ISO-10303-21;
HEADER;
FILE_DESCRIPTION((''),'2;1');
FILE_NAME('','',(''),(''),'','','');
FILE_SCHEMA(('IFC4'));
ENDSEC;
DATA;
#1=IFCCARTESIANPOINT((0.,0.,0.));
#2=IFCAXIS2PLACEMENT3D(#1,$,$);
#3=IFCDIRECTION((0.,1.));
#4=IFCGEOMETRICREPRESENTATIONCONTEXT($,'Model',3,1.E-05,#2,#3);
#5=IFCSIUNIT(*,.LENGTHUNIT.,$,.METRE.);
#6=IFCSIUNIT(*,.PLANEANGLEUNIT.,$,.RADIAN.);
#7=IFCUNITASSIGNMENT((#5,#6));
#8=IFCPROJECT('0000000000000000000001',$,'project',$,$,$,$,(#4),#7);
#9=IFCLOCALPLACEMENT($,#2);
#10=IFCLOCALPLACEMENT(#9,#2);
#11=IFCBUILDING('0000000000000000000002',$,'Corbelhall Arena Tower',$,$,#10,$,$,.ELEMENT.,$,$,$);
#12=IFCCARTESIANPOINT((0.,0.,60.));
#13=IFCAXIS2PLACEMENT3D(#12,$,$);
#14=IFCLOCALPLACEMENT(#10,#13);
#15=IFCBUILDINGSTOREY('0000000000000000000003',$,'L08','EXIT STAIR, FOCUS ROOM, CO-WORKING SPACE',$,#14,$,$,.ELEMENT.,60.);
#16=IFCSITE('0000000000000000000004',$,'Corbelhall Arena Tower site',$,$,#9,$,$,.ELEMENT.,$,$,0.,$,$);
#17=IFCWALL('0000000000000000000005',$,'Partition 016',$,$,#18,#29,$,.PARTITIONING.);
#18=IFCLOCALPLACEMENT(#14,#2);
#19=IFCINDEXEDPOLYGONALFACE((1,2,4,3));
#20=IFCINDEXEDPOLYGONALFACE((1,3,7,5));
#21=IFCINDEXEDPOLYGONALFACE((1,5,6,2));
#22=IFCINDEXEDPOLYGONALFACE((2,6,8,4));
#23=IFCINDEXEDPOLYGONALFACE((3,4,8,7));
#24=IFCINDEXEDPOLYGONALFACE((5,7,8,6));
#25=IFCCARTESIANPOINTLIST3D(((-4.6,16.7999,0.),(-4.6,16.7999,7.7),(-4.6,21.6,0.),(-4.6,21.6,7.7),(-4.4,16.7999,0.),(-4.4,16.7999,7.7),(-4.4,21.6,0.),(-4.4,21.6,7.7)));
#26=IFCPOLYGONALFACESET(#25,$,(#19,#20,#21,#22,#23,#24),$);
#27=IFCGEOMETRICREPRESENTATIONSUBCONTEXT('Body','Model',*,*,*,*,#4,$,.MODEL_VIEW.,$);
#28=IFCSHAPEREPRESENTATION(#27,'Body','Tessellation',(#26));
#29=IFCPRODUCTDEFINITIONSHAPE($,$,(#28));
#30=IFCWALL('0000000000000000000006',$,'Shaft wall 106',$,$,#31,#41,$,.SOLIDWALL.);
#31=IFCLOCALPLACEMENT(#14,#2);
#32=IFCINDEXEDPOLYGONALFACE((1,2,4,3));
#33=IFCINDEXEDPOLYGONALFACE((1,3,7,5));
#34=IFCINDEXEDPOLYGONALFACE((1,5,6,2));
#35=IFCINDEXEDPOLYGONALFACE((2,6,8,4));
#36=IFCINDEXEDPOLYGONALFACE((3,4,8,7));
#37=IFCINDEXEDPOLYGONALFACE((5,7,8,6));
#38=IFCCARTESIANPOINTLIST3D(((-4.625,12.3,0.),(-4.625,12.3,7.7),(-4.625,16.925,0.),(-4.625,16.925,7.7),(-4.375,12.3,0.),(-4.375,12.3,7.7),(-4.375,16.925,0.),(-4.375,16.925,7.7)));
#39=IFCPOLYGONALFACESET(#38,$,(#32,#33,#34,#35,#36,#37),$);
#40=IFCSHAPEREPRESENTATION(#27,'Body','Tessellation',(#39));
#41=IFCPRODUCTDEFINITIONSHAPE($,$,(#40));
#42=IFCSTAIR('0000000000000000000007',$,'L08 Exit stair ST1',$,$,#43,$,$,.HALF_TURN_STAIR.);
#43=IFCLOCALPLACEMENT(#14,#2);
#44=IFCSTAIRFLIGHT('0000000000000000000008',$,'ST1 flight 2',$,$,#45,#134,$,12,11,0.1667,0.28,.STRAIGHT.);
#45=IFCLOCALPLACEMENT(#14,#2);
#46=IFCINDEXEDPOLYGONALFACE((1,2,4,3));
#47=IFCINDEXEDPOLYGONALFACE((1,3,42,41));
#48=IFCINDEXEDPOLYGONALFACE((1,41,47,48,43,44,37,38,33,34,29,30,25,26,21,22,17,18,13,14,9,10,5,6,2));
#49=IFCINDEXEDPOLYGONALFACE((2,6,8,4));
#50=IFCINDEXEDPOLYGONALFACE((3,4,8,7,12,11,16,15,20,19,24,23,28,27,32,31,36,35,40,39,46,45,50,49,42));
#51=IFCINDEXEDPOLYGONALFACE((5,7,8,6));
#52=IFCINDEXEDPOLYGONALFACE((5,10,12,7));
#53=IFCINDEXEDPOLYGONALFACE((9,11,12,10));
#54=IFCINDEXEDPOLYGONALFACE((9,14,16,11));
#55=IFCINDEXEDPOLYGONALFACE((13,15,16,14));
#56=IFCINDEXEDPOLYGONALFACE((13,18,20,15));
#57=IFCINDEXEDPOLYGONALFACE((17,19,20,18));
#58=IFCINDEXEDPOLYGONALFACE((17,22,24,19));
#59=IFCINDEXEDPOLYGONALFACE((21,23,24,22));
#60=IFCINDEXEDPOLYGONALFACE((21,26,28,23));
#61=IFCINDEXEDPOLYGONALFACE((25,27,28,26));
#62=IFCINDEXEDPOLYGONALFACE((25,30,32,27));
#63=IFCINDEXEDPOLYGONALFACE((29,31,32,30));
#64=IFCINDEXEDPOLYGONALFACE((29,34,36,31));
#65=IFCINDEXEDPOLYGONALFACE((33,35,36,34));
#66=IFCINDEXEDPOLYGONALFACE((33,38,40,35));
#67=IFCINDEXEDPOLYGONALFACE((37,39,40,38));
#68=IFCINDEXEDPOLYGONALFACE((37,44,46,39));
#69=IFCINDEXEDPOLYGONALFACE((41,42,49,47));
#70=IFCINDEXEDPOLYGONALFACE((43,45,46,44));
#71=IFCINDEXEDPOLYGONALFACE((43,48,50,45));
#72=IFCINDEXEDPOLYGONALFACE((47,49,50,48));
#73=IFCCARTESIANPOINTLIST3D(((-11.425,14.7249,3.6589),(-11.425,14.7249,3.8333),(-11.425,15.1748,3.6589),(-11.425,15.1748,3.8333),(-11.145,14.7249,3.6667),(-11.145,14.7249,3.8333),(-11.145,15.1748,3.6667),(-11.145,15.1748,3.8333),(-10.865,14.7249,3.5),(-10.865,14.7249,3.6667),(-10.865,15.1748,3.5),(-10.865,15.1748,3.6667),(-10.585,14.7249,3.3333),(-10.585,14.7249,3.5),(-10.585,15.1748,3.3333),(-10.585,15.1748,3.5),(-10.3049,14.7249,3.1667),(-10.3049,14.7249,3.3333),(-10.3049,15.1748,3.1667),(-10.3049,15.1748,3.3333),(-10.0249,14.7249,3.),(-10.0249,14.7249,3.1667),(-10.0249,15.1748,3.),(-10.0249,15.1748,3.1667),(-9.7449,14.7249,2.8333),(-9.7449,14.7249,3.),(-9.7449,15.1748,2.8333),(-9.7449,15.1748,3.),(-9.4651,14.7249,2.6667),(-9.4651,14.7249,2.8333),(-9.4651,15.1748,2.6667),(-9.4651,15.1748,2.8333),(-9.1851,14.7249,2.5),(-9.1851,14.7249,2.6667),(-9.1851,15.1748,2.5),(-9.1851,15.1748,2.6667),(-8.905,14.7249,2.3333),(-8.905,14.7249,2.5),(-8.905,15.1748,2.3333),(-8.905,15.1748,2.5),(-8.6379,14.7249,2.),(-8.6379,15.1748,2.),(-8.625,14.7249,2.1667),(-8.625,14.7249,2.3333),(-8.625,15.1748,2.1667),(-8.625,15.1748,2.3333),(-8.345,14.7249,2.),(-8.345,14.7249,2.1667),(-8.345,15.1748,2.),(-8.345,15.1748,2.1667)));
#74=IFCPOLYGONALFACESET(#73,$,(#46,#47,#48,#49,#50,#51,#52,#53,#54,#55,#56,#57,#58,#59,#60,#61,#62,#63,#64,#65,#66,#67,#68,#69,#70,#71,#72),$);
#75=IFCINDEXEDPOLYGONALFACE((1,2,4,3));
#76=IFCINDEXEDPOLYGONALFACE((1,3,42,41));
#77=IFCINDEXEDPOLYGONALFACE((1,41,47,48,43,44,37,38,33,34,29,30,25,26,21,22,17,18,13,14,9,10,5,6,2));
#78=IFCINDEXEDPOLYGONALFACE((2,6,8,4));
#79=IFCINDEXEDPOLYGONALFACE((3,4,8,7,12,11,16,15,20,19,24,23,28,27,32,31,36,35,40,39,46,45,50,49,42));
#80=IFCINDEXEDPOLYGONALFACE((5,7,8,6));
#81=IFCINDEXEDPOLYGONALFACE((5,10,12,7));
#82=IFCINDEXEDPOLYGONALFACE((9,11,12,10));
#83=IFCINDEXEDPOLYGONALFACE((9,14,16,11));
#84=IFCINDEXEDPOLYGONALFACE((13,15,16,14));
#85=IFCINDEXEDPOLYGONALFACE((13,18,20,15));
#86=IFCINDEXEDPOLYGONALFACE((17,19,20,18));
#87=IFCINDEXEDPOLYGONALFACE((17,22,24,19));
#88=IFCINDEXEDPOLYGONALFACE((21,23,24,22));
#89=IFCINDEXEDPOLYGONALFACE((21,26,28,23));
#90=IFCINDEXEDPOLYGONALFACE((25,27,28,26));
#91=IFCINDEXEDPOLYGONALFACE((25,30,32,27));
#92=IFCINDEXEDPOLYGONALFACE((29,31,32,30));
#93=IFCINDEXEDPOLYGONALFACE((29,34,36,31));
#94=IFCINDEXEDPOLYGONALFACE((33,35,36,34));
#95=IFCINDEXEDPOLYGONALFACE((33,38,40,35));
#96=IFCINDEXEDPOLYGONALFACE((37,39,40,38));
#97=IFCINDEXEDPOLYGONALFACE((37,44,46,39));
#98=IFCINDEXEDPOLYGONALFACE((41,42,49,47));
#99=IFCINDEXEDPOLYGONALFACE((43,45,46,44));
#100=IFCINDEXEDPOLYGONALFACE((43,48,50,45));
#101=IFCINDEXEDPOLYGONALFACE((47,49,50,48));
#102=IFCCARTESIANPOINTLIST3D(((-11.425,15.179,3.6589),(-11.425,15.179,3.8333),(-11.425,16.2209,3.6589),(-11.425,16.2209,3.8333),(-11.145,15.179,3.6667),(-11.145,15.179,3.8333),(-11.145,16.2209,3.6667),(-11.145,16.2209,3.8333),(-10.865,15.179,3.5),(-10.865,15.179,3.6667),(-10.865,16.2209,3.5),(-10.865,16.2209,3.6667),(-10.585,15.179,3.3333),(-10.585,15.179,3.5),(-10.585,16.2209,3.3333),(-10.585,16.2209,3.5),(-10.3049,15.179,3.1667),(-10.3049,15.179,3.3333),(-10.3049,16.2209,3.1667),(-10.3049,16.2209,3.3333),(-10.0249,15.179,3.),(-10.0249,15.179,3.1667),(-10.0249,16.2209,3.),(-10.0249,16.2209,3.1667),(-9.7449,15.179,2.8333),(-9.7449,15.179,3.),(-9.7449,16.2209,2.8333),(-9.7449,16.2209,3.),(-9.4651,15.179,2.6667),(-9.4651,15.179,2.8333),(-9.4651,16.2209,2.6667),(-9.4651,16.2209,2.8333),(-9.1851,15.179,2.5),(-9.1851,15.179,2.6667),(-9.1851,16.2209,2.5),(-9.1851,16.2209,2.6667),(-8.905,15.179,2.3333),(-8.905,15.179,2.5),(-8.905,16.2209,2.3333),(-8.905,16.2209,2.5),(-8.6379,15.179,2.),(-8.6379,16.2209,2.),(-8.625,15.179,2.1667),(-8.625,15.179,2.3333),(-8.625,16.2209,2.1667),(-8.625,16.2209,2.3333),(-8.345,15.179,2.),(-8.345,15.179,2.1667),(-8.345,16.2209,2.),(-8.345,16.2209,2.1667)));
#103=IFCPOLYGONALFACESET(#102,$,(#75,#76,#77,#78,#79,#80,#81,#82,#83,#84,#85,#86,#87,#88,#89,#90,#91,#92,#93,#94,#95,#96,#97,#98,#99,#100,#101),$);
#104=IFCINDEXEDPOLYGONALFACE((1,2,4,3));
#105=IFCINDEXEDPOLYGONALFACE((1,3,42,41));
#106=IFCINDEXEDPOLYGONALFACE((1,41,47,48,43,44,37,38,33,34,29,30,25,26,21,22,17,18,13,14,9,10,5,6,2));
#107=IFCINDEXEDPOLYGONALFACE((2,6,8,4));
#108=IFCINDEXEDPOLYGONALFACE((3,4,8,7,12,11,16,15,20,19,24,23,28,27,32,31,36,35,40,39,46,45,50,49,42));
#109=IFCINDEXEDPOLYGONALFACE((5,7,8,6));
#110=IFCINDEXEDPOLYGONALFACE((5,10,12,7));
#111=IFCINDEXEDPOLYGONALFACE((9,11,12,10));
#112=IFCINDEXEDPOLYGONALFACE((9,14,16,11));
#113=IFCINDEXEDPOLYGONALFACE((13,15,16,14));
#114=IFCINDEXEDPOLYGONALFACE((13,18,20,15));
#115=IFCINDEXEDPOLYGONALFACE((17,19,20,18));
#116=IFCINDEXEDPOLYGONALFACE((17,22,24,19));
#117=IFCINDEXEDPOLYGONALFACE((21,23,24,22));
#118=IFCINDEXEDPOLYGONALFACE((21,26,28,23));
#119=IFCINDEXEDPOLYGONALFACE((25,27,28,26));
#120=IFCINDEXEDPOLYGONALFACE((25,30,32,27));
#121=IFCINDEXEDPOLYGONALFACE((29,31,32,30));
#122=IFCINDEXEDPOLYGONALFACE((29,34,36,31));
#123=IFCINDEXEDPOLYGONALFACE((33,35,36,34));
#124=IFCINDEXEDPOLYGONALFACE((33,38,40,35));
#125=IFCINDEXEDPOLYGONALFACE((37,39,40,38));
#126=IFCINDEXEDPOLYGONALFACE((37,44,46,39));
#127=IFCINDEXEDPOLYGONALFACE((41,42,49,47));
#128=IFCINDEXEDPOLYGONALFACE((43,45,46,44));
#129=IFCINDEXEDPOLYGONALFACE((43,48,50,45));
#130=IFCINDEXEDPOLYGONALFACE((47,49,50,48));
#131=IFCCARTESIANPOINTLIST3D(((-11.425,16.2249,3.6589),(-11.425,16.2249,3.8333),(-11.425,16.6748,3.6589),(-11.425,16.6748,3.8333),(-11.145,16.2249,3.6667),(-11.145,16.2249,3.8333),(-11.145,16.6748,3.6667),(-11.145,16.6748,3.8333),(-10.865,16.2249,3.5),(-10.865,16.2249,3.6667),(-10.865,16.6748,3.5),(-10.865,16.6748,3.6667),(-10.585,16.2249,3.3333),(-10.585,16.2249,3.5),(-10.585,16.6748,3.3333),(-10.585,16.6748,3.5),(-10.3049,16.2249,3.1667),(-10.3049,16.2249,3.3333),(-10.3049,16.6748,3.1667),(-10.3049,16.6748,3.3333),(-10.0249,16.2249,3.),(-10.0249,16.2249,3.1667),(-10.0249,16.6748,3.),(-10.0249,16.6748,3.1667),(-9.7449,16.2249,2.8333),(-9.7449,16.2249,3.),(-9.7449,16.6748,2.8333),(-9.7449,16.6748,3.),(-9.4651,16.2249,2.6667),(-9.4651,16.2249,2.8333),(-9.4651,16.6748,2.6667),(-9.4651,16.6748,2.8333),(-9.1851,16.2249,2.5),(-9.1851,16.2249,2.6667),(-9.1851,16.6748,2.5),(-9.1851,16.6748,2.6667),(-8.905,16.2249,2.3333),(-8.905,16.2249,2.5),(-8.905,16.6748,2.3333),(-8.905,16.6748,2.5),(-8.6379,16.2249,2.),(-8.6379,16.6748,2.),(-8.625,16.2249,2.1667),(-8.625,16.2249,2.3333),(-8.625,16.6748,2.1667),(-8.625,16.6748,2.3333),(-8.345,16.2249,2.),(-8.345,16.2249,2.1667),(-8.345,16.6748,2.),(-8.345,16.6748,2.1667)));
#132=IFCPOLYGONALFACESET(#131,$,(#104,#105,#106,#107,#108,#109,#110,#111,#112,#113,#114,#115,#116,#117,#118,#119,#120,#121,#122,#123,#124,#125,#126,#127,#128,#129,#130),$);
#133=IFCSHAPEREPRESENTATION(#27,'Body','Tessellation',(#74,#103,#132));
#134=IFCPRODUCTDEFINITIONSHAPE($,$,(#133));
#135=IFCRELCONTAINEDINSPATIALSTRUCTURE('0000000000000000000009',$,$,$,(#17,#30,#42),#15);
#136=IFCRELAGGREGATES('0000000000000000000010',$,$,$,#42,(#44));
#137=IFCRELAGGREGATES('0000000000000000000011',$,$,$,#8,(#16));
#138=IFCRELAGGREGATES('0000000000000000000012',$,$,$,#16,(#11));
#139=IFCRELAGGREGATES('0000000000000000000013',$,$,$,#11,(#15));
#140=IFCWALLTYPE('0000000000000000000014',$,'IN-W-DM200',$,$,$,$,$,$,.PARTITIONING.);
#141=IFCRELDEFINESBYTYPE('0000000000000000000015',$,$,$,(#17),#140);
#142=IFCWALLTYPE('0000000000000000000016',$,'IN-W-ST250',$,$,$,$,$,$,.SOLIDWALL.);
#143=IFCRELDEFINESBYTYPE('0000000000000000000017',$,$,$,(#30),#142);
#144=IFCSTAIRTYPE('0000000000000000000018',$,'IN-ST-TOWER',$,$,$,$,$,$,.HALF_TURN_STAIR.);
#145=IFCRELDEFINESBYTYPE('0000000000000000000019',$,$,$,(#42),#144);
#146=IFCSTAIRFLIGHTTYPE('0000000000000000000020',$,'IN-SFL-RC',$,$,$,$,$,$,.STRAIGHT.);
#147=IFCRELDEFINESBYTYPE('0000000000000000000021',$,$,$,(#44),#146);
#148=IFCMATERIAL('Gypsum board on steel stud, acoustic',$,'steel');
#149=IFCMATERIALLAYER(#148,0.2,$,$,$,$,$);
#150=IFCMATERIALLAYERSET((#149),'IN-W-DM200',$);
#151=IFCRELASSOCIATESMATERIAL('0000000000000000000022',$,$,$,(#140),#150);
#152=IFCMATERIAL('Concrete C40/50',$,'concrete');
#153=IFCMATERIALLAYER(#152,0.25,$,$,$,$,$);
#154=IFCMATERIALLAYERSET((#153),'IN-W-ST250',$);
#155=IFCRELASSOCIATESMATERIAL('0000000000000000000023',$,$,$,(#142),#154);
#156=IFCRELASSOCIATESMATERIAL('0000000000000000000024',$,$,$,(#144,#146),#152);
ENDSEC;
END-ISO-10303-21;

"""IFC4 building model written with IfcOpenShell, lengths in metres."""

from ifc_helpers import new_model, si_unit, direction, frame, frame_2d, origin, place, context, subcontext, project, spatial, polyline, rectangle, outline, extrude, material, layer, layer_set, type_object, element, aggregate, save


model = new_model("IFC4")

# Units and contexts
model_context = context("Model", 3, precision=1e-05, world=origin(), true_north=direction((0.0, 1.0)))
body_context = subcontext(model_context, "Body", "Model", "MODEL_VIEW")
ifc_project = project(units=[si_unit("LENGTHUNIT", "METRE"), si_unit("PLANEANGLEUNIT", "RADIAN")], contexts=[model_context])

# Site, building, storey
site_placement = place(None, origin())
site = spatial("IfcSite", under=ifc_project, at=site_placement, Name="Corbelhall Arena Tower site", CompositionType="ELEMENT", RefElevation=0.0)
building_placement = place(site_placement, origin())
building = spatial("IfcBuilding", under=site, at=building_placement, Name="Corbelhall Arena Tower", CompositionType="ELEMENT")
storey_placement = place(building_placement, frame((0.0, 0.0, 60.0)))
storey = spatial("IfcBuildingStorey", under=building, at=storey_placement, Name="L08", Description="EXIT STAIR, FOCUS ROOM, CO-WORKING SPACE", CompositionType="ELEMENT", Elevation=60.0)

# Wall
ifc_material_1 = material(Name="Gypsum board on steel stud, acoustic", Category="steel")
ifc_layer_1 = layer(ifc_material_1, 0.2)
ifc_layer_set_1 = layer_set([ifc_layer_1], Name="IN-W-DM200")
wall_type_1 = type_object("IfcWallType", Name="IN-W-DM200", PredefinedType="PARTITIONING", material=ifc_layer_set_1)
wall_1_placement = place(storey_placement, frame((-4.5, 16.8, 0.0), z_axis=(0.0, 0.0, 1.0), x_axis=(0.0, 1.0, 0.0)))
element("IfcWall", 1, at=wall_1_placement, inside=storey, type_object=wall_type_1, Name="Partition 016", PredefinedType="PARTITIONING", context=body_context, shape_type="SweptSolid", body=[
    extrude(rectangle(XDim=4.8, YDim=0.2, at=frame_2d((2.3999, 0.0))), origin(), (0.0, 0.0, 1.0), 7.7),
])

# Wall
ifc_material_2 = material(Name="Concrete C40/50", Category="concrete")
ifc_layer_2 = layer(ifc_material_2, 0.25)
ifc_layer_set_2 = layer_set([ifc_layer_2], Name="IN-W-ST250")
wall_type_2 = type_object("IfcWallType", Name="IN-W-ST250", PredefinedType="SOLIDWALL", material=ifc_layer_set_2)
wall_2_placement = place(storey_placement, frame((-4.5, 16.925, 0.0), z_axis=(0.0, 0.0, 1.0), x_axis=(0.0, -1.0, 0.0)))
element("IfcWall", 2, at=wall_2_placement, inside=storey, type_object=wall_type_2, Name="Shaft wall 106", PredefinedType="SOLIDWALL", context=body_context, shape_type="SweptSolid", body=[
    extrude(rectangle(XDim=4.625, YDim=0.25, at=frame_2d((2.3125, 0.0))), origin(), (0.0, 0.0, 1.0), 7.7),
])

# Stair, stair flight
stair_type = type_object("IfcStairType", Name="IN-ST-TOWER", PredefinedType="HALF_TURN_STAIR", material=ifc_material_2)
stair_placement = place(storey_placement, origin())
stair = element("IfcStair", 3, at=stair_placement, inside=storey, type_object=stair_type, Name="L08 Exit stair ST1", PredefinedType="HALF_TURN_STAIR")
stair_flight_type = type_object("IfcStairFlightType", Name="IN-SFL-RC", PredefinedType="STRAIGHT", material=ifc_material_2)
stair_flight_1_placement = place(storey_placement, frame((-8.345, 15.7, 2.0), z_axis=(0.0, 0.0, 1.0), x_axis=(-1.0, 0.0, 0.0)))
stair_flight_1 = element("IfcStairFlight", 4, at=stair_flight_1_placement, type_object=stair_flight_type, Name="ST1 flight 2", NumberOfRisers=12, NumberOfTreads=11, PredefinedType="STRAIGHT", RiserHeight=0.1667, TreadLength=0.28, context=body_context, shape_type="SweptSolid", body=[
    extrude(outline(polyline([(0.0, 0.0), (0.0, 0.1667), (0.28, 0.1667), (0.28, 0.3333), (0.5601, 0.3333), (0.5601, 0.5), (0.8401, 0.5), (0.8401, 0.6667), (1.1201, 0.6667), (1.1201, 0.8333), (1.3999, 0.8333), (1.3999, 1.0), (1.6799, 1.0), (1.6799, 1.1667), (1.96, 1.1667), (1.96, 1.3333), (2.24, 1.3333), (2.24, 1.5), (2.52, 1.5), (2.52, 1.6667), (2.8, 1.6667), (2.8, 1.8333), (3.0801, 1.8333), (3.0801, 2.0), (3.0801, 1.6589), (0.293, 0.0), (0.0, 0.0)])), frame((0.0, 0.9751, 0.0), z_axis=(0.0, -1.0, 0.0), x_axis=(1.0, 0.0, 0.0)), (0.0, 0.0, 1.0), 0.45),
    extrude(outline(polyline([(0.0, 0.0), (0.0, 0.1667), (0.28, 0.1667), (0.28, 0.3333), (0.5601, 0.3333), (0.5601, 0.5), (0.8401, 0.5), (0.8401, 0.6667), (1.1201, 0.6667), (1.1201, 0.8333), (1.3999, 0.8333), (1.3999, 1.0), (1.6799, 1.0), (1.6799, 1.1667), (1.96, 1.1667), (1.96, 1.3333), (2.24, 1.3333), (2.24, 1.5), (2.52, 1.5), (2.52, 1.6667), (2.8, 1.6667), (2.8, 1.8333), (3.0801, 1.8333), (3.0801, 2.0), (3.0801, 1.6589), (0.293, 0.0), (0.0, 0.0)])), frame((0.0, 0.521, 0.0), z_axis=(0.0, -1.0, 0.0), x_axis=(1.0, 0.0, 0.0)), (0.0, 0.0, 1.0), 1.042),
    extrude(outline(polyline([(0.0, 0.0), (0.0, 0.1667), (0.28, 0.1667), (0.28, 0.3333), (0.5601, 0.3333), (0.5601, 0.5), (0.8401, 0.5), (0.8401, 0.6667), (1.1201, 0.6667), (1.1201, 0.8333), (1.3999, 0.8333), (1.3999, 1.0), (1.6799, 1.0), (1.6799, 1.1667), (1.96, 1.1667), (1.96, 1.3333), (2.24, 1.3333), (2.24, 1.5), (2.52, 1.5), (2.52, 1.6667), (2.8, 1.6667), (2.8, 1.8333), (3.0801, 1.8333), (3.0801, 2.0), (3.0801, 1.6589), (0.293, 0.0), (0.0, 0.0)])), frame((0.0, -0.5249, 0.0), z_axis=(0.0, -1.0, 0.0), x_axis=(1.0, 0.0, 0.0)), (0.0, 0.0, 1.0), 0.45),
])
aggregate(stair, [stair_flight_1])

save(model, "model.ifc")
